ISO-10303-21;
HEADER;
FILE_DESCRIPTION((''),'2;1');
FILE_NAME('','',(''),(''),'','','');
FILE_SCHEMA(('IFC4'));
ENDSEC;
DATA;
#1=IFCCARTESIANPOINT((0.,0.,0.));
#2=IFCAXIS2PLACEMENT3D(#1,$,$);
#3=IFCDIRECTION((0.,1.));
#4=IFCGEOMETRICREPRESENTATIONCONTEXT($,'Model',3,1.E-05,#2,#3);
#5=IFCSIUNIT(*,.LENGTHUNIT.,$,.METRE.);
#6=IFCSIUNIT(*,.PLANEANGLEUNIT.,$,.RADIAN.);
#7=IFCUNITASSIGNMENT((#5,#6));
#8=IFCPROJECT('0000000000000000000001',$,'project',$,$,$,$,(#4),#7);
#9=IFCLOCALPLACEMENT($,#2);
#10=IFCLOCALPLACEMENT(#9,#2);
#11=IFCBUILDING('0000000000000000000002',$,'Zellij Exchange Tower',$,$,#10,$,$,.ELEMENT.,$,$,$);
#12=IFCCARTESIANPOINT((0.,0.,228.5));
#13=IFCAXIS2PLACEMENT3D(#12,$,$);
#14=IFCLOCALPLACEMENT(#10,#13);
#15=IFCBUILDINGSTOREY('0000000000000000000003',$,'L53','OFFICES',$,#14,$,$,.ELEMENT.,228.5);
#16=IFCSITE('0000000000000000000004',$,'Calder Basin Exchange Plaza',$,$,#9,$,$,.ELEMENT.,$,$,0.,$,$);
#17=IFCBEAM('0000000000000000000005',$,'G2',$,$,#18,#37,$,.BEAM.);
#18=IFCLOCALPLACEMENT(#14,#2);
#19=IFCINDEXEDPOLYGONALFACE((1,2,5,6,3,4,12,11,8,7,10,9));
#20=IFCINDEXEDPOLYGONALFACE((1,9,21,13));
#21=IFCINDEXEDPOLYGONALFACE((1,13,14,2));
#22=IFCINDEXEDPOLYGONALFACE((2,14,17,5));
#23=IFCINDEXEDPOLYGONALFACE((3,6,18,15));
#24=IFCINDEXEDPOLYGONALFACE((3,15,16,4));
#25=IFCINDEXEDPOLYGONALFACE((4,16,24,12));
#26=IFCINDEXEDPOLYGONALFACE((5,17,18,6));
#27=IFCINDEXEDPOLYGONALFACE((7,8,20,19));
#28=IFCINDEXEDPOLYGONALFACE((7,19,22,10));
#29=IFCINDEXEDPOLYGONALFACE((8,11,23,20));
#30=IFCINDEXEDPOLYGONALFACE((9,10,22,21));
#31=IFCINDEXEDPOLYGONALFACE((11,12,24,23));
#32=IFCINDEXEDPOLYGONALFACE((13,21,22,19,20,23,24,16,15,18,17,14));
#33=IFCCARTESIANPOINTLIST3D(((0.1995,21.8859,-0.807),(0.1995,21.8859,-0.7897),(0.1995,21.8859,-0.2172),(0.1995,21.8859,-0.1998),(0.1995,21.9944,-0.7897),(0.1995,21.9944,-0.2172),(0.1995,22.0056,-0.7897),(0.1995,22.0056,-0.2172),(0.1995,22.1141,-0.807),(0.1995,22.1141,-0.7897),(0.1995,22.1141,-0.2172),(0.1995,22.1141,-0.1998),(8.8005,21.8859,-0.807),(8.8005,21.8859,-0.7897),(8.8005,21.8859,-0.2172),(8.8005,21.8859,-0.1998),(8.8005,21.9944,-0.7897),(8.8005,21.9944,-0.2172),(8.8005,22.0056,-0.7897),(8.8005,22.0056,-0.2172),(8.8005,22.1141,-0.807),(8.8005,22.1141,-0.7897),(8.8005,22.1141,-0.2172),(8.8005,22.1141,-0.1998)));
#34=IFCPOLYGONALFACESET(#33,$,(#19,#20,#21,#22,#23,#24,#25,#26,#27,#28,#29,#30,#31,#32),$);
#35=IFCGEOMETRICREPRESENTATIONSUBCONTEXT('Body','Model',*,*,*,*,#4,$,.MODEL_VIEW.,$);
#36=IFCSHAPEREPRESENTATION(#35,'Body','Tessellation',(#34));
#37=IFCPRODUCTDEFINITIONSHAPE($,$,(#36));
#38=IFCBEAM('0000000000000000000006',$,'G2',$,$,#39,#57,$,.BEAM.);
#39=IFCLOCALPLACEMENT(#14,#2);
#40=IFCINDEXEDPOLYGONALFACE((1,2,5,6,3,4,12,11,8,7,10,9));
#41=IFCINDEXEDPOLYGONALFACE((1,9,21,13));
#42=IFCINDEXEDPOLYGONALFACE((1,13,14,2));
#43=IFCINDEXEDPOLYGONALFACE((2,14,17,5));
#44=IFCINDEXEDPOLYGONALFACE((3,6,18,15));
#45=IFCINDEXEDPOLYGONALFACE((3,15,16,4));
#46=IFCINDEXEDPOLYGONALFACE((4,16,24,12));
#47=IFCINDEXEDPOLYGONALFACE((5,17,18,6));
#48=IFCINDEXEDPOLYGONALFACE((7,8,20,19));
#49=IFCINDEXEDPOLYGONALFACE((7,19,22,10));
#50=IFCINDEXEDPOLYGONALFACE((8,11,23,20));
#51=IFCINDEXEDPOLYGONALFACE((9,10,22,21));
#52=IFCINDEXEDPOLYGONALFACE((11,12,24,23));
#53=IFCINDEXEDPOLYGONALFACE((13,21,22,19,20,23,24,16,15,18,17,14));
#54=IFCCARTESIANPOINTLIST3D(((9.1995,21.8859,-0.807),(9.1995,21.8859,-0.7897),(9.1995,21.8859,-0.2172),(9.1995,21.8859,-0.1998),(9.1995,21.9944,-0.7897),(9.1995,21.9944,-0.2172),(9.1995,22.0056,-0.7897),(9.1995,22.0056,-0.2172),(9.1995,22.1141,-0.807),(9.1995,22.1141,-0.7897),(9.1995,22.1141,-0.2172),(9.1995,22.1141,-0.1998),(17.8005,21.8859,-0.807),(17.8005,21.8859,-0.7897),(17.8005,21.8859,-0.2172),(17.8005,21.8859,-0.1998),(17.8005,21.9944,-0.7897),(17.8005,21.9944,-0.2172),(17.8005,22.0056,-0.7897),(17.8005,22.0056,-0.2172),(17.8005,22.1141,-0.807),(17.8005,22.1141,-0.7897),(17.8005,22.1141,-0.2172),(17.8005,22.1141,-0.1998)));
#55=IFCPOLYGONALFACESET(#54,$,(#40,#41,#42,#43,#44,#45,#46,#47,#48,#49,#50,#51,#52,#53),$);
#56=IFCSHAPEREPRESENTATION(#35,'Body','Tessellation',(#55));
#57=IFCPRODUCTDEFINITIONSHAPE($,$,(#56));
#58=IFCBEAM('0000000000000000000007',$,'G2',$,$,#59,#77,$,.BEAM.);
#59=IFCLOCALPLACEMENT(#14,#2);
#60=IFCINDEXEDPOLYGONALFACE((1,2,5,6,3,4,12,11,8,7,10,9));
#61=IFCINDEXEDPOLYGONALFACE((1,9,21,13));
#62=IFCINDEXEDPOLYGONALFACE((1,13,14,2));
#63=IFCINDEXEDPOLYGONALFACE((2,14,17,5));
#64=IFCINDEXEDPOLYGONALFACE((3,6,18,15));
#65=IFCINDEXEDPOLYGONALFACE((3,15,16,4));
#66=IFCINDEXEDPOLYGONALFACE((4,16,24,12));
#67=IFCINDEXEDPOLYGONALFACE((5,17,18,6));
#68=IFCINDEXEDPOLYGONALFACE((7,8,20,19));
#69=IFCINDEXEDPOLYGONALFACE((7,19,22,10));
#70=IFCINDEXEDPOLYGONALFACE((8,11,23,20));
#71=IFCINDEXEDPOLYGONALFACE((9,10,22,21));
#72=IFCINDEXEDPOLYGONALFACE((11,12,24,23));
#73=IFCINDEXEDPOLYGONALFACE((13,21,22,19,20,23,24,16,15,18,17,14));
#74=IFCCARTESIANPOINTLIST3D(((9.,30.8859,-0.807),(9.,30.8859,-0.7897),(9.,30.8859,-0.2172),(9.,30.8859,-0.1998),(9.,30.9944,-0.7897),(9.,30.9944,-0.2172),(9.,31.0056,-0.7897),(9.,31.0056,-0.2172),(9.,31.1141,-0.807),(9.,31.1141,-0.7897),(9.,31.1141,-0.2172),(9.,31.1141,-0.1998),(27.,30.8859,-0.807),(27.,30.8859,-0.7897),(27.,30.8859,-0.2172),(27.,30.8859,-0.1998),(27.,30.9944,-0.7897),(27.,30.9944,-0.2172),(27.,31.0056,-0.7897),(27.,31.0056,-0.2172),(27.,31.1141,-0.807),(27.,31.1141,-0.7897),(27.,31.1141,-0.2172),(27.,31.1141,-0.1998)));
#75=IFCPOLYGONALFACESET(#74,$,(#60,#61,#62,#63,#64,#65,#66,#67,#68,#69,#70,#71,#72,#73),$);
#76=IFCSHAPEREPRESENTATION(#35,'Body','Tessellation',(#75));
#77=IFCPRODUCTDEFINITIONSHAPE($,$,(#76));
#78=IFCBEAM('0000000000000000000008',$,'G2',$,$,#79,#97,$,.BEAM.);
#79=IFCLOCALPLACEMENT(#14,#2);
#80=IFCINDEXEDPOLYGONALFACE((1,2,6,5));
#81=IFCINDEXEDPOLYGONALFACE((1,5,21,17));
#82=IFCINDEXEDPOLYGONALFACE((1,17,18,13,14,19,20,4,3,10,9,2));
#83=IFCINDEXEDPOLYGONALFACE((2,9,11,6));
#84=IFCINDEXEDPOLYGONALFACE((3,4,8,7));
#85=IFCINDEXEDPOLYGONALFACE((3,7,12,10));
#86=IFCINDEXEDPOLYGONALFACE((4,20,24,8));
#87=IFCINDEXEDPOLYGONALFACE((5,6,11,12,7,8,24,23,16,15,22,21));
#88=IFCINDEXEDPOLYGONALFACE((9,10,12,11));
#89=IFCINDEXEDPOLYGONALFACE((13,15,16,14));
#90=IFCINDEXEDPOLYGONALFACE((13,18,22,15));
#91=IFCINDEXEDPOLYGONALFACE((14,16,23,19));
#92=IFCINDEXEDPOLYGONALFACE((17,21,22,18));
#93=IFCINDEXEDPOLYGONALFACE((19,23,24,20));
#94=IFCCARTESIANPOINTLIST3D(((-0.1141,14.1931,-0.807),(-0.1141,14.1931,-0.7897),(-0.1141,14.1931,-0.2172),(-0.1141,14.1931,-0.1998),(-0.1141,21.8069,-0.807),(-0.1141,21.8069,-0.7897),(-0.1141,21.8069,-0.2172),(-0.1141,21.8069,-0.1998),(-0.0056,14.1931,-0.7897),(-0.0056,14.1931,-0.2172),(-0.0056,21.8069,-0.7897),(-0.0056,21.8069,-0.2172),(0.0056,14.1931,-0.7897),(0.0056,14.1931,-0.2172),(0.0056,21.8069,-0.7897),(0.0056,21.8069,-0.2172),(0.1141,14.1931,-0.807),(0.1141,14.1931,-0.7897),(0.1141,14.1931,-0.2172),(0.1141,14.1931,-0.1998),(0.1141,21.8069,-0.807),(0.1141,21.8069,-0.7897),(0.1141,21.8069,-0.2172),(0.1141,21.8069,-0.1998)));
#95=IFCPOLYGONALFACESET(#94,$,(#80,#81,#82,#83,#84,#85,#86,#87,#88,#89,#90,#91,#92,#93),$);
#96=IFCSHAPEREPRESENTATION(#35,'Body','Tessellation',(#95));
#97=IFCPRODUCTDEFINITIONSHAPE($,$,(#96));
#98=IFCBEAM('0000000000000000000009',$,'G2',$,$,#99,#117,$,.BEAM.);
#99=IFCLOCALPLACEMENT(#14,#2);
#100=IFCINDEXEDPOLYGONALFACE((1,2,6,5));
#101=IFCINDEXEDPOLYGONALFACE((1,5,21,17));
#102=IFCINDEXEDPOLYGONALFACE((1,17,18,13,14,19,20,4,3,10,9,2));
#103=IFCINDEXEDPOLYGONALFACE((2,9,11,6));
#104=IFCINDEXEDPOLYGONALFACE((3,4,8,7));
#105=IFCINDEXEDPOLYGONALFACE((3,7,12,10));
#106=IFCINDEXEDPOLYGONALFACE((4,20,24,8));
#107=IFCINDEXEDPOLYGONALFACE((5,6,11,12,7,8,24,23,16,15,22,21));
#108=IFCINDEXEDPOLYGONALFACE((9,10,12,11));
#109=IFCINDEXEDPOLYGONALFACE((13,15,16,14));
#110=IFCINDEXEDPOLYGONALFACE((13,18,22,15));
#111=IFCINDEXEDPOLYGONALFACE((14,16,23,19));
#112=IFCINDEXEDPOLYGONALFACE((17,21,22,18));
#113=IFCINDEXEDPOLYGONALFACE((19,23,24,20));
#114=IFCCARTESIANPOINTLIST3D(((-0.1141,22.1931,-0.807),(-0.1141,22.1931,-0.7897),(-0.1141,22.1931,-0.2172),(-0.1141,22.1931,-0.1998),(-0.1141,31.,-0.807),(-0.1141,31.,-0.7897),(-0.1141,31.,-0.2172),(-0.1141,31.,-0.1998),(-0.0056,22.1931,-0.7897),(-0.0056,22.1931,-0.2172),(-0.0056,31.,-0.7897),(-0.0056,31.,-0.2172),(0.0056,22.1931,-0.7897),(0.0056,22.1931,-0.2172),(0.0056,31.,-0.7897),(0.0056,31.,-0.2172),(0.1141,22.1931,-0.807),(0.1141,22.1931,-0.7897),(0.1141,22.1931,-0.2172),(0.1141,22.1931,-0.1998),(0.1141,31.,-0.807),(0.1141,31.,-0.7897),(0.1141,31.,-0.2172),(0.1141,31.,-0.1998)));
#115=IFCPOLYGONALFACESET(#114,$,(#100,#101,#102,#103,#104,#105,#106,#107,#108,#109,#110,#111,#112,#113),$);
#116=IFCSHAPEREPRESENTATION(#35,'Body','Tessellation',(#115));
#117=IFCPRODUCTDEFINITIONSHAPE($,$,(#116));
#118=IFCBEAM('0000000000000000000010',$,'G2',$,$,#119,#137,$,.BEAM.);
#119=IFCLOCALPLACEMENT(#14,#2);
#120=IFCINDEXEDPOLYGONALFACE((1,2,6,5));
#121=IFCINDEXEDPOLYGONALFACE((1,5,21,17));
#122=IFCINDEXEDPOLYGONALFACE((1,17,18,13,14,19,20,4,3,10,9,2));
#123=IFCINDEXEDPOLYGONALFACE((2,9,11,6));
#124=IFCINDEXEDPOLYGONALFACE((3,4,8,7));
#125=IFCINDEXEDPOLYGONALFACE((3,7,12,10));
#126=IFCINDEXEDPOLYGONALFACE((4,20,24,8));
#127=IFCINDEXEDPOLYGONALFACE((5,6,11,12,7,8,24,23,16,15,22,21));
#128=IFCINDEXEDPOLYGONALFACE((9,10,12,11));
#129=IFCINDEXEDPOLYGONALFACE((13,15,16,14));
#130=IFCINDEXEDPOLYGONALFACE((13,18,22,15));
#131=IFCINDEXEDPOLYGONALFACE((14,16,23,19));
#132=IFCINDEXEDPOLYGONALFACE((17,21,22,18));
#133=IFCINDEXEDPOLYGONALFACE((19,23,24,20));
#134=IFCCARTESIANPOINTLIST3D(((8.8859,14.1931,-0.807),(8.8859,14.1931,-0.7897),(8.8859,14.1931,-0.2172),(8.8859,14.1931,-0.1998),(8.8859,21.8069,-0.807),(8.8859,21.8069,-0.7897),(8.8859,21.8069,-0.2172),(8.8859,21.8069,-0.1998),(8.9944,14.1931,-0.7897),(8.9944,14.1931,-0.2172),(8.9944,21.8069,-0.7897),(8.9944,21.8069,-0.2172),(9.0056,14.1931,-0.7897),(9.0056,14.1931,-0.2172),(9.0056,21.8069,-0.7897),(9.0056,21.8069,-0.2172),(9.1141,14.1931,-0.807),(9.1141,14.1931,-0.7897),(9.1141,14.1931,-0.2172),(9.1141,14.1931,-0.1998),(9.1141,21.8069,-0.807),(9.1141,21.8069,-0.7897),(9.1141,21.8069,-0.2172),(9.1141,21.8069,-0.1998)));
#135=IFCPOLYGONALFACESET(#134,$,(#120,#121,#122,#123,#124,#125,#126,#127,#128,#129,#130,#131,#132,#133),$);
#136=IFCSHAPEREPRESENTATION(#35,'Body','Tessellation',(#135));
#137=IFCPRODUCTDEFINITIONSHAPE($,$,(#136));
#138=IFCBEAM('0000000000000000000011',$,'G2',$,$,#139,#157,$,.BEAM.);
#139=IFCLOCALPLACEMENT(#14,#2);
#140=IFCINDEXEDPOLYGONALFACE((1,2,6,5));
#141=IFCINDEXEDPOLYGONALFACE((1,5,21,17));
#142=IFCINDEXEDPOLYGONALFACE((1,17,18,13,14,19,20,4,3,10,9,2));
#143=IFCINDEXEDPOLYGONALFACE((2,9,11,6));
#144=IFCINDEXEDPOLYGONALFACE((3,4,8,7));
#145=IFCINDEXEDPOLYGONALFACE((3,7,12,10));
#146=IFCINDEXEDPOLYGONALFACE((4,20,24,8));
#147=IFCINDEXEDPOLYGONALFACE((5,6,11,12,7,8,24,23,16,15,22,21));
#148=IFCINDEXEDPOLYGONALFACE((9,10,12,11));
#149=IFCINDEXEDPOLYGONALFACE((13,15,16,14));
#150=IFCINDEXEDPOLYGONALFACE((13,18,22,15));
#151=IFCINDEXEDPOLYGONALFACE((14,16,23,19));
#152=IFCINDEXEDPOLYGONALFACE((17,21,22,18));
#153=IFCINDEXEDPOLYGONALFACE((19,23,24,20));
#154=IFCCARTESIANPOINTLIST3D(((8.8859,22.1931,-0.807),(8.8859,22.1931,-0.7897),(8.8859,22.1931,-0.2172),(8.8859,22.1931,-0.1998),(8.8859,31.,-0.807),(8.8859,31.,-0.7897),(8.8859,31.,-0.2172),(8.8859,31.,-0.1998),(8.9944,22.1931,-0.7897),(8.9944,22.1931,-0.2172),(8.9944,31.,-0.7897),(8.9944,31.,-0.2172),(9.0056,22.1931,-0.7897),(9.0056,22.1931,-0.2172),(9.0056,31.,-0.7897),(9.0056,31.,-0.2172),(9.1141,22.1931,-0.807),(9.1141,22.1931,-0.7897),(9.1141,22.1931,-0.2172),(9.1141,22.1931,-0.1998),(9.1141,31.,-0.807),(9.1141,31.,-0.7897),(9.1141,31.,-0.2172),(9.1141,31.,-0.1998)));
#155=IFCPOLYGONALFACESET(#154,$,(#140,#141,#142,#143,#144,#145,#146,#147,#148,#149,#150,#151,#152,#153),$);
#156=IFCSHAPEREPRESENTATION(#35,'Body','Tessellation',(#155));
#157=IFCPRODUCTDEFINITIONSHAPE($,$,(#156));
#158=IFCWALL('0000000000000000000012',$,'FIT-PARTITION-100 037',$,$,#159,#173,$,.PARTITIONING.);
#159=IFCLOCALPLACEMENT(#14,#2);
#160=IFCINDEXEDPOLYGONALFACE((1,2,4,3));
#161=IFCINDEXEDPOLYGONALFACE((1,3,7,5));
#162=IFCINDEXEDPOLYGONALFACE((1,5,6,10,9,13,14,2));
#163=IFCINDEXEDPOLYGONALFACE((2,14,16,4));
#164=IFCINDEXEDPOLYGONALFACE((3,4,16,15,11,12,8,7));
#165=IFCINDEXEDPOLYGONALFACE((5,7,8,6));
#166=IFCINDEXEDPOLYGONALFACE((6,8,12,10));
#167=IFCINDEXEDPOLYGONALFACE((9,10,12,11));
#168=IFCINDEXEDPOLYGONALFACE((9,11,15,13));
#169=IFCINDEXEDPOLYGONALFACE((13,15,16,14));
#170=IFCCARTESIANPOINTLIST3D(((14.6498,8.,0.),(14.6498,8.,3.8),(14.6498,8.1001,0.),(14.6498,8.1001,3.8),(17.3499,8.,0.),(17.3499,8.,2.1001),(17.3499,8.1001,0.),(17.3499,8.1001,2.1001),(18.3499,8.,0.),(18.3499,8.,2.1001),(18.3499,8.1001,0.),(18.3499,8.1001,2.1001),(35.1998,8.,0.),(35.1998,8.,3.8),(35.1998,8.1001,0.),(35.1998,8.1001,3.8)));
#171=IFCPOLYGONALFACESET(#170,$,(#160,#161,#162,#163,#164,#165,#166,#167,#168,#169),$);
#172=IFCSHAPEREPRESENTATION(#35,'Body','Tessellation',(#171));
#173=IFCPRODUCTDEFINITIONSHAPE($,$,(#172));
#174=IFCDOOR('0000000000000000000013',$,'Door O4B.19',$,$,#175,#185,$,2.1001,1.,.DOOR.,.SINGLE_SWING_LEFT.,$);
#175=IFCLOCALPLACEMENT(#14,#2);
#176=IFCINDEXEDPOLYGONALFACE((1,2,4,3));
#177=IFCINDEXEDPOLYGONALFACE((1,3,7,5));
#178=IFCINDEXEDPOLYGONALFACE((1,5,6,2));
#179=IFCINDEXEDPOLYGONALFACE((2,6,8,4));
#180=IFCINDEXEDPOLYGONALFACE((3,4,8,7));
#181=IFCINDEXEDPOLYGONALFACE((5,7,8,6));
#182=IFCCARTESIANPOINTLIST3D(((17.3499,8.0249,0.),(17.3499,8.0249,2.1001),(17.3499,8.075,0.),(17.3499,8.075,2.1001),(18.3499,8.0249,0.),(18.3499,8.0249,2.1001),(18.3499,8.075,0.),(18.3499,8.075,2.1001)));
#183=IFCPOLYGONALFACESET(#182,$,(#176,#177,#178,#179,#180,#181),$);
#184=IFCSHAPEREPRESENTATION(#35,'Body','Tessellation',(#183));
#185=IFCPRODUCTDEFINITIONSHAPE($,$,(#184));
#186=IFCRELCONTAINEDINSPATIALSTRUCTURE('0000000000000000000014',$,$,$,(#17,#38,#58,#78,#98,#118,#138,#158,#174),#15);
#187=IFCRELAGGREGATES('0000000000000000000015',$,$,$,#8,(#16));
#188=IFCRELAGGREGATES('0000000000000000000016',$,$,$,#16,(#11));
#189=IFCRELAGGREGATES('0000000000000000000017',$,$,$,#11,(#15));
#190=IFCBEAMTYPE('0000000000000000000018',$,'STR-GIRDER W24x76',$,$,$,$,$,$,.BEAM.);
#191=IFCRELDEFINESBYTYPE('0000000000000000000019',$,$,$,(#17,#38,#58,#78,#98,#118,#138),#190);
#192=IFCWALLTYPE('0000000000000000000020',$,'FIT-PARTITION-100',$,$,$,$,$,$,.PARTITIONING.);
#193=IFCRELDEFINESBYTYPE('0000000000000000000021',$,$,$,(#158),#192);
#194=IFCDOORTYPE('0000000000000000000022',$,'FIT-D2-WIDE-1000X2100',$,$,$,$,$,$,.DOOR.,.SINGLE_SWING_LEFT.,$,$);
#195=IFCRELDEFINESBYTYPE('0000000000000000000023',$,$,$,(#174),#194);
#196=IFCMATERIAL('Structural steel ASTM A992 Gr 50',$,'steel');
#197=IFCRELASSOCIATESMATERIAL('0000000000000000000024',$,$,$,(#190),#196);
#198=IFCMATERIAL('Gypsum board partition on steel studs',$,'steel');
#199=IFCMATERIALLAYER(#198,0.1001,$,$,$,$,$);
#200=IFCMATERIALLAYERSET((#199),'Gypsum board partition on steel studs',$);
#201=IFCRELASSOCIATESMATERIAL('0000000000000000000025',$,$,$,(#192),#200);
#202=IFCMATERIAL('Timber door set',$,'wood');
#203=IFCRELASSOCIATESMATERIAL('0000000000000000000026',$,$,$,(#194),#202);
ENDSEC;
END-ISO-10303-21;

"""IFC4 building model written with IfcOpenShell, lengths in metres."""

from ifc_helpers import new_model, si_unit, direction, frame, frame_2d, origin, origin_2d, place, context, subcontext, project, spatial, rectangle, i_section, extrude, material, layer, layer_set, material_profile, profile_set, type_object, element, fill, save


model = new_model("IFC4")

# Units and contexts
model_context = context("Model", 3, precision=1e-05, world=origin(), true_north=direction((0.0, 1.0)))
body_context = subcontext(model_context, "Body", "Model", "MODEL_VIEW")
ifc_project = project(units=[si_unit("LENGTHUNIT", "METRE"), si_unit("PLANEANGLEUNIT", "RADIAN")], contexts=[model_context])

# Site, building, storey
site_placement = place(None, origin())
site = spatial("IfcSite", under=ifc_project, at=site_placement, Name="Calder Basin Exchange Plaza", CompositionType="ELEMENT", RefElevation=0.0)
building_placement = place(site_placement, origin())
building = spatial("IfcBuilding", under=site, at=building_placement, Name="Zellij Exchange Tower", CompositionType="ELEMENT")
storey_placement = place(building_placement, frame((0.0, 0.0, 228.5)))
storey = spatial("IfcBuildingStorey", under=building, at=storey_placement, Name="L53", Description="OFFICES", CompositionType="ELEMENT", Elevation=228.5)

# Shared definitions
ifc_material_1 = material(Name="Structural steel ASTM A992 Gr 50", Category="steel")

# Beams
ifc_material_profile_1 = material_profile(ifc_material_1, i_section(OverallWidth=0.2283, OverallDepth=0.6072, WebThickness=0.0112, FlangeThickness=0.0173, at=origin_2d()), Name="W24x76")
ifc_profile_set_1 = profile_set([ifc_material_profile_1], Name="Structural steel ASTM A992 Gr 50")
beam_type = type_object("IfcBeamType", Name="STR-GIRDER W24x76", PredefinedType="BEAM", material=ifc_profile_set_1)
for number, where, z_axis, x_axis, name in (
    (1, (0.1995, 22.0, -0.5034), (1.0, 0.0, 0.0), (0.0, 1.0, 0.0), "G2"),
    (2, (9.1995, 22.0, -0.5034), (1.0, 0.0, 0.0), (0.0, 1.0, 0.0), "G2"),
):
    element("IfcBeam", number, at=place(storey_placement, frame(where, z_axis=z_axis, x_axis=x_axis)), inside=storey, type_object=beam_type, Name=name, PredefinedType="BEAM", context=body_context, shape_type="SweptSolid", body=[
        extrude(i_section(OverallWidth=0.2283, OverallDepth=0.6072, WebThickness=0.0112, FlangeThickness=0.0173, at=origin_2d()), origin(), (0.0, 0.0, 1.0), 8.6011),
    ])
beam_1_placement = place(storey_placement, frame((9.0, 31.0, -0.5034), z_axis=(1.0, 0.0, 0.0), x_axis=(0.0, 1.0, 0.0)))
element("IfcBeam", 3, at=beam_1_placement, inside=storey, type_object=beam_type, Name="G2", PredefinedType="BEAM", context=body_context, shape_type="SweptSolid", body=[
    extrude(i_section(OverallWidth=0.2283, OverallDepth=0.6072, WebThickness=0.0112, FlangeThickness=0.0173, at=origin_2d()), origin(), (0.0, 0.0, 1.0), 18.0),
])
beam_2_placement = place(storey_placement, frame((0.0, 14.1931, -0.5034), z_axis=(0.0, 1.0, 0.0), x_axis=(-1.0, 0.0, 0.0)))
element("IfcBeam", 4, at=beam_2_placement, inside=storey, type_object=beam_type, Name="G2", PredefinedType="BEAM", context=body_context, shape_type="SweptSolid", body=[
    extrude(i_section(OverallWidth=0.2283, OverallDepth=0.6072, WebThickness=0.0112, FlangeThickness=0.0173, at=origin_2d()), origin(), (0.0, 0.0, 1.0), 7.6138),
])
beam_3_placement = place(storey_placement, frame((0.0, 22.1931, -0.5034), z_axis=(0.0, 1.0, 0.0), x_axis=(-1.0, 0.0, 0.0)))
element("IfcBeam", 5, at=beam_3_placement, inside=storey, type_object=beam_type, Name="G2", PredefinedType="BEAM", context=body_context, shape_type="SweptSolid", body=[
    extrude(i_section(OverallWidth=0.2283, OverallDepth=0.6072, WebThickness=0.0112, FlangeThickness=0.0173, at=origin_2d()), origin(), (0.0, 0.0, 1.0), 8.8069),
])
beam_4_placement = place(storey_placement, frame((9.0, 14.1931, -0.5034), z_axis=(0.0, 1.0, 0.0), x_axis=(-1.0, 0.0, 0.0)))
element("IfcBeam", 6, at=beam_4_placement, inside=storey, type_object=beam_type, Name="G2", PredefinedType="BEAM", context=body_context, shape_type="SweptSolid", body=[
    extrude(i_section(OverallWidth=0.2283, OverallDepth=0.6072, WebThickness=0.0112, FlangeThickness=0.0173, at=origin_2d()), origin(), (0.0, 0.0, 1.0), 7.6138),
])
beam_5_placement = place(storey_placement, frame((9.0, 22.1931, -0.5034), z_axis=(0.0, 1.0, 0.0), x_axis=(-1.0, 0.0, 0.0)))
element("IfcBeam", 7, at=beam_5_placement, inside=storey, type_object=beam_type, Name="G2", PredefinedType="BEAM", context=body_context, shape_type="SweptSolid", body=[
    extrude(i_section(OverallWidth=0.2283, OverallDepth=0.6072, WebThickness=0.0112, FlangeThickness=0.0173, at=origin_2d()), origin(), (0.0, 0.0, 1.0), 8.8069),
])

# Wall, opening, door
ifc_material_2 = material(Name="Gypsum board partition on steel studs", Category="steel")
ifc_layer = layer(ifc_material_2, 0.1001)
ifc_layer_set = layer_set([ifc_layer], Name="Gypsum board partition on steel studs")
wall_type = type_object("IfcWallType", Name="FIT-PARTITION-100", PredefinedType="PARTITIONING", material=ifc_layer_set)
wall_1_placement = place(storey_placement, frame((14.6499, 8.05, 0.0), z_axis=(0.0, 0.0, 1.0), x_axis=(1.0, 0.0, 0.0)))
wall_1 = element("IfcWall", 8, at=wall_1_placement, inside=storey, type_object=wall_type, Name="FIT-PARTITION-100 037", PredefinedType="PARTITIONING", context=body_context, shape_type="SweptSolid", body=[
    extrude(rectangle(XDim=20.55, YDim=0.1001, at=frame_2d((10.2749, 0.0))), origin(), (0.0, 0.0, 1.0), 3.8),
])
opening_placement = place(wall_1_placement, frame((2.7, 0.0, 0.0)))
opening = element("IfcOpeningElement", 9, at=opening_placement, cuts=wall_1, PredefinedType="OPENING", context=body_context, shape_type="SweptSolid", body=[
    extrude(rectangle(XDim=1.0, YDim=2.1001, at=frame_2d((0.5, 1.05))), frame((0.0, 0.062, 0.0), z_axis=(0.0, -1.0, 0.0), x_axis=(1.0, 0.0, 0.0)), (0.0, 0.0, 1.0), 0.124),
])
ifc_material_3 = material(Name="Timber door set", Category="wood")
door_type = type_object("IfcDoorType", Name="FIT-D2-WIDE-1000X2100", OperationType="SINGLE_SWING_LEFT", PredefinedType="DOOR", material=ifc_material_3)
door_placement = place(opening_placement, origin())
door = element("IfcDoor", 10, at=door_placement, inside=storey, type_object=door_type, Name="Door O4B.19", OperationType="SINGLE_SWING_LEFT", OverallHeight=2.1001, OverallWidth=1.0, PredefinedType="DOOR", context=body_context, shape_type="SweptSolid", body=[
    extrude(rectangle(XDim=1.0, YDim=2.1001, at=frame_2d((0.5, 1.05))), frame((0.0, 0.0249, 0.0), z_axis=(0.0, -1.0, 0.0), x_axis=(1.0, 0.0, 0.0)), (0.0, 0.0, 1.0), 0.05),
])
fill(opening, door)

save(model, "model.ifc")
